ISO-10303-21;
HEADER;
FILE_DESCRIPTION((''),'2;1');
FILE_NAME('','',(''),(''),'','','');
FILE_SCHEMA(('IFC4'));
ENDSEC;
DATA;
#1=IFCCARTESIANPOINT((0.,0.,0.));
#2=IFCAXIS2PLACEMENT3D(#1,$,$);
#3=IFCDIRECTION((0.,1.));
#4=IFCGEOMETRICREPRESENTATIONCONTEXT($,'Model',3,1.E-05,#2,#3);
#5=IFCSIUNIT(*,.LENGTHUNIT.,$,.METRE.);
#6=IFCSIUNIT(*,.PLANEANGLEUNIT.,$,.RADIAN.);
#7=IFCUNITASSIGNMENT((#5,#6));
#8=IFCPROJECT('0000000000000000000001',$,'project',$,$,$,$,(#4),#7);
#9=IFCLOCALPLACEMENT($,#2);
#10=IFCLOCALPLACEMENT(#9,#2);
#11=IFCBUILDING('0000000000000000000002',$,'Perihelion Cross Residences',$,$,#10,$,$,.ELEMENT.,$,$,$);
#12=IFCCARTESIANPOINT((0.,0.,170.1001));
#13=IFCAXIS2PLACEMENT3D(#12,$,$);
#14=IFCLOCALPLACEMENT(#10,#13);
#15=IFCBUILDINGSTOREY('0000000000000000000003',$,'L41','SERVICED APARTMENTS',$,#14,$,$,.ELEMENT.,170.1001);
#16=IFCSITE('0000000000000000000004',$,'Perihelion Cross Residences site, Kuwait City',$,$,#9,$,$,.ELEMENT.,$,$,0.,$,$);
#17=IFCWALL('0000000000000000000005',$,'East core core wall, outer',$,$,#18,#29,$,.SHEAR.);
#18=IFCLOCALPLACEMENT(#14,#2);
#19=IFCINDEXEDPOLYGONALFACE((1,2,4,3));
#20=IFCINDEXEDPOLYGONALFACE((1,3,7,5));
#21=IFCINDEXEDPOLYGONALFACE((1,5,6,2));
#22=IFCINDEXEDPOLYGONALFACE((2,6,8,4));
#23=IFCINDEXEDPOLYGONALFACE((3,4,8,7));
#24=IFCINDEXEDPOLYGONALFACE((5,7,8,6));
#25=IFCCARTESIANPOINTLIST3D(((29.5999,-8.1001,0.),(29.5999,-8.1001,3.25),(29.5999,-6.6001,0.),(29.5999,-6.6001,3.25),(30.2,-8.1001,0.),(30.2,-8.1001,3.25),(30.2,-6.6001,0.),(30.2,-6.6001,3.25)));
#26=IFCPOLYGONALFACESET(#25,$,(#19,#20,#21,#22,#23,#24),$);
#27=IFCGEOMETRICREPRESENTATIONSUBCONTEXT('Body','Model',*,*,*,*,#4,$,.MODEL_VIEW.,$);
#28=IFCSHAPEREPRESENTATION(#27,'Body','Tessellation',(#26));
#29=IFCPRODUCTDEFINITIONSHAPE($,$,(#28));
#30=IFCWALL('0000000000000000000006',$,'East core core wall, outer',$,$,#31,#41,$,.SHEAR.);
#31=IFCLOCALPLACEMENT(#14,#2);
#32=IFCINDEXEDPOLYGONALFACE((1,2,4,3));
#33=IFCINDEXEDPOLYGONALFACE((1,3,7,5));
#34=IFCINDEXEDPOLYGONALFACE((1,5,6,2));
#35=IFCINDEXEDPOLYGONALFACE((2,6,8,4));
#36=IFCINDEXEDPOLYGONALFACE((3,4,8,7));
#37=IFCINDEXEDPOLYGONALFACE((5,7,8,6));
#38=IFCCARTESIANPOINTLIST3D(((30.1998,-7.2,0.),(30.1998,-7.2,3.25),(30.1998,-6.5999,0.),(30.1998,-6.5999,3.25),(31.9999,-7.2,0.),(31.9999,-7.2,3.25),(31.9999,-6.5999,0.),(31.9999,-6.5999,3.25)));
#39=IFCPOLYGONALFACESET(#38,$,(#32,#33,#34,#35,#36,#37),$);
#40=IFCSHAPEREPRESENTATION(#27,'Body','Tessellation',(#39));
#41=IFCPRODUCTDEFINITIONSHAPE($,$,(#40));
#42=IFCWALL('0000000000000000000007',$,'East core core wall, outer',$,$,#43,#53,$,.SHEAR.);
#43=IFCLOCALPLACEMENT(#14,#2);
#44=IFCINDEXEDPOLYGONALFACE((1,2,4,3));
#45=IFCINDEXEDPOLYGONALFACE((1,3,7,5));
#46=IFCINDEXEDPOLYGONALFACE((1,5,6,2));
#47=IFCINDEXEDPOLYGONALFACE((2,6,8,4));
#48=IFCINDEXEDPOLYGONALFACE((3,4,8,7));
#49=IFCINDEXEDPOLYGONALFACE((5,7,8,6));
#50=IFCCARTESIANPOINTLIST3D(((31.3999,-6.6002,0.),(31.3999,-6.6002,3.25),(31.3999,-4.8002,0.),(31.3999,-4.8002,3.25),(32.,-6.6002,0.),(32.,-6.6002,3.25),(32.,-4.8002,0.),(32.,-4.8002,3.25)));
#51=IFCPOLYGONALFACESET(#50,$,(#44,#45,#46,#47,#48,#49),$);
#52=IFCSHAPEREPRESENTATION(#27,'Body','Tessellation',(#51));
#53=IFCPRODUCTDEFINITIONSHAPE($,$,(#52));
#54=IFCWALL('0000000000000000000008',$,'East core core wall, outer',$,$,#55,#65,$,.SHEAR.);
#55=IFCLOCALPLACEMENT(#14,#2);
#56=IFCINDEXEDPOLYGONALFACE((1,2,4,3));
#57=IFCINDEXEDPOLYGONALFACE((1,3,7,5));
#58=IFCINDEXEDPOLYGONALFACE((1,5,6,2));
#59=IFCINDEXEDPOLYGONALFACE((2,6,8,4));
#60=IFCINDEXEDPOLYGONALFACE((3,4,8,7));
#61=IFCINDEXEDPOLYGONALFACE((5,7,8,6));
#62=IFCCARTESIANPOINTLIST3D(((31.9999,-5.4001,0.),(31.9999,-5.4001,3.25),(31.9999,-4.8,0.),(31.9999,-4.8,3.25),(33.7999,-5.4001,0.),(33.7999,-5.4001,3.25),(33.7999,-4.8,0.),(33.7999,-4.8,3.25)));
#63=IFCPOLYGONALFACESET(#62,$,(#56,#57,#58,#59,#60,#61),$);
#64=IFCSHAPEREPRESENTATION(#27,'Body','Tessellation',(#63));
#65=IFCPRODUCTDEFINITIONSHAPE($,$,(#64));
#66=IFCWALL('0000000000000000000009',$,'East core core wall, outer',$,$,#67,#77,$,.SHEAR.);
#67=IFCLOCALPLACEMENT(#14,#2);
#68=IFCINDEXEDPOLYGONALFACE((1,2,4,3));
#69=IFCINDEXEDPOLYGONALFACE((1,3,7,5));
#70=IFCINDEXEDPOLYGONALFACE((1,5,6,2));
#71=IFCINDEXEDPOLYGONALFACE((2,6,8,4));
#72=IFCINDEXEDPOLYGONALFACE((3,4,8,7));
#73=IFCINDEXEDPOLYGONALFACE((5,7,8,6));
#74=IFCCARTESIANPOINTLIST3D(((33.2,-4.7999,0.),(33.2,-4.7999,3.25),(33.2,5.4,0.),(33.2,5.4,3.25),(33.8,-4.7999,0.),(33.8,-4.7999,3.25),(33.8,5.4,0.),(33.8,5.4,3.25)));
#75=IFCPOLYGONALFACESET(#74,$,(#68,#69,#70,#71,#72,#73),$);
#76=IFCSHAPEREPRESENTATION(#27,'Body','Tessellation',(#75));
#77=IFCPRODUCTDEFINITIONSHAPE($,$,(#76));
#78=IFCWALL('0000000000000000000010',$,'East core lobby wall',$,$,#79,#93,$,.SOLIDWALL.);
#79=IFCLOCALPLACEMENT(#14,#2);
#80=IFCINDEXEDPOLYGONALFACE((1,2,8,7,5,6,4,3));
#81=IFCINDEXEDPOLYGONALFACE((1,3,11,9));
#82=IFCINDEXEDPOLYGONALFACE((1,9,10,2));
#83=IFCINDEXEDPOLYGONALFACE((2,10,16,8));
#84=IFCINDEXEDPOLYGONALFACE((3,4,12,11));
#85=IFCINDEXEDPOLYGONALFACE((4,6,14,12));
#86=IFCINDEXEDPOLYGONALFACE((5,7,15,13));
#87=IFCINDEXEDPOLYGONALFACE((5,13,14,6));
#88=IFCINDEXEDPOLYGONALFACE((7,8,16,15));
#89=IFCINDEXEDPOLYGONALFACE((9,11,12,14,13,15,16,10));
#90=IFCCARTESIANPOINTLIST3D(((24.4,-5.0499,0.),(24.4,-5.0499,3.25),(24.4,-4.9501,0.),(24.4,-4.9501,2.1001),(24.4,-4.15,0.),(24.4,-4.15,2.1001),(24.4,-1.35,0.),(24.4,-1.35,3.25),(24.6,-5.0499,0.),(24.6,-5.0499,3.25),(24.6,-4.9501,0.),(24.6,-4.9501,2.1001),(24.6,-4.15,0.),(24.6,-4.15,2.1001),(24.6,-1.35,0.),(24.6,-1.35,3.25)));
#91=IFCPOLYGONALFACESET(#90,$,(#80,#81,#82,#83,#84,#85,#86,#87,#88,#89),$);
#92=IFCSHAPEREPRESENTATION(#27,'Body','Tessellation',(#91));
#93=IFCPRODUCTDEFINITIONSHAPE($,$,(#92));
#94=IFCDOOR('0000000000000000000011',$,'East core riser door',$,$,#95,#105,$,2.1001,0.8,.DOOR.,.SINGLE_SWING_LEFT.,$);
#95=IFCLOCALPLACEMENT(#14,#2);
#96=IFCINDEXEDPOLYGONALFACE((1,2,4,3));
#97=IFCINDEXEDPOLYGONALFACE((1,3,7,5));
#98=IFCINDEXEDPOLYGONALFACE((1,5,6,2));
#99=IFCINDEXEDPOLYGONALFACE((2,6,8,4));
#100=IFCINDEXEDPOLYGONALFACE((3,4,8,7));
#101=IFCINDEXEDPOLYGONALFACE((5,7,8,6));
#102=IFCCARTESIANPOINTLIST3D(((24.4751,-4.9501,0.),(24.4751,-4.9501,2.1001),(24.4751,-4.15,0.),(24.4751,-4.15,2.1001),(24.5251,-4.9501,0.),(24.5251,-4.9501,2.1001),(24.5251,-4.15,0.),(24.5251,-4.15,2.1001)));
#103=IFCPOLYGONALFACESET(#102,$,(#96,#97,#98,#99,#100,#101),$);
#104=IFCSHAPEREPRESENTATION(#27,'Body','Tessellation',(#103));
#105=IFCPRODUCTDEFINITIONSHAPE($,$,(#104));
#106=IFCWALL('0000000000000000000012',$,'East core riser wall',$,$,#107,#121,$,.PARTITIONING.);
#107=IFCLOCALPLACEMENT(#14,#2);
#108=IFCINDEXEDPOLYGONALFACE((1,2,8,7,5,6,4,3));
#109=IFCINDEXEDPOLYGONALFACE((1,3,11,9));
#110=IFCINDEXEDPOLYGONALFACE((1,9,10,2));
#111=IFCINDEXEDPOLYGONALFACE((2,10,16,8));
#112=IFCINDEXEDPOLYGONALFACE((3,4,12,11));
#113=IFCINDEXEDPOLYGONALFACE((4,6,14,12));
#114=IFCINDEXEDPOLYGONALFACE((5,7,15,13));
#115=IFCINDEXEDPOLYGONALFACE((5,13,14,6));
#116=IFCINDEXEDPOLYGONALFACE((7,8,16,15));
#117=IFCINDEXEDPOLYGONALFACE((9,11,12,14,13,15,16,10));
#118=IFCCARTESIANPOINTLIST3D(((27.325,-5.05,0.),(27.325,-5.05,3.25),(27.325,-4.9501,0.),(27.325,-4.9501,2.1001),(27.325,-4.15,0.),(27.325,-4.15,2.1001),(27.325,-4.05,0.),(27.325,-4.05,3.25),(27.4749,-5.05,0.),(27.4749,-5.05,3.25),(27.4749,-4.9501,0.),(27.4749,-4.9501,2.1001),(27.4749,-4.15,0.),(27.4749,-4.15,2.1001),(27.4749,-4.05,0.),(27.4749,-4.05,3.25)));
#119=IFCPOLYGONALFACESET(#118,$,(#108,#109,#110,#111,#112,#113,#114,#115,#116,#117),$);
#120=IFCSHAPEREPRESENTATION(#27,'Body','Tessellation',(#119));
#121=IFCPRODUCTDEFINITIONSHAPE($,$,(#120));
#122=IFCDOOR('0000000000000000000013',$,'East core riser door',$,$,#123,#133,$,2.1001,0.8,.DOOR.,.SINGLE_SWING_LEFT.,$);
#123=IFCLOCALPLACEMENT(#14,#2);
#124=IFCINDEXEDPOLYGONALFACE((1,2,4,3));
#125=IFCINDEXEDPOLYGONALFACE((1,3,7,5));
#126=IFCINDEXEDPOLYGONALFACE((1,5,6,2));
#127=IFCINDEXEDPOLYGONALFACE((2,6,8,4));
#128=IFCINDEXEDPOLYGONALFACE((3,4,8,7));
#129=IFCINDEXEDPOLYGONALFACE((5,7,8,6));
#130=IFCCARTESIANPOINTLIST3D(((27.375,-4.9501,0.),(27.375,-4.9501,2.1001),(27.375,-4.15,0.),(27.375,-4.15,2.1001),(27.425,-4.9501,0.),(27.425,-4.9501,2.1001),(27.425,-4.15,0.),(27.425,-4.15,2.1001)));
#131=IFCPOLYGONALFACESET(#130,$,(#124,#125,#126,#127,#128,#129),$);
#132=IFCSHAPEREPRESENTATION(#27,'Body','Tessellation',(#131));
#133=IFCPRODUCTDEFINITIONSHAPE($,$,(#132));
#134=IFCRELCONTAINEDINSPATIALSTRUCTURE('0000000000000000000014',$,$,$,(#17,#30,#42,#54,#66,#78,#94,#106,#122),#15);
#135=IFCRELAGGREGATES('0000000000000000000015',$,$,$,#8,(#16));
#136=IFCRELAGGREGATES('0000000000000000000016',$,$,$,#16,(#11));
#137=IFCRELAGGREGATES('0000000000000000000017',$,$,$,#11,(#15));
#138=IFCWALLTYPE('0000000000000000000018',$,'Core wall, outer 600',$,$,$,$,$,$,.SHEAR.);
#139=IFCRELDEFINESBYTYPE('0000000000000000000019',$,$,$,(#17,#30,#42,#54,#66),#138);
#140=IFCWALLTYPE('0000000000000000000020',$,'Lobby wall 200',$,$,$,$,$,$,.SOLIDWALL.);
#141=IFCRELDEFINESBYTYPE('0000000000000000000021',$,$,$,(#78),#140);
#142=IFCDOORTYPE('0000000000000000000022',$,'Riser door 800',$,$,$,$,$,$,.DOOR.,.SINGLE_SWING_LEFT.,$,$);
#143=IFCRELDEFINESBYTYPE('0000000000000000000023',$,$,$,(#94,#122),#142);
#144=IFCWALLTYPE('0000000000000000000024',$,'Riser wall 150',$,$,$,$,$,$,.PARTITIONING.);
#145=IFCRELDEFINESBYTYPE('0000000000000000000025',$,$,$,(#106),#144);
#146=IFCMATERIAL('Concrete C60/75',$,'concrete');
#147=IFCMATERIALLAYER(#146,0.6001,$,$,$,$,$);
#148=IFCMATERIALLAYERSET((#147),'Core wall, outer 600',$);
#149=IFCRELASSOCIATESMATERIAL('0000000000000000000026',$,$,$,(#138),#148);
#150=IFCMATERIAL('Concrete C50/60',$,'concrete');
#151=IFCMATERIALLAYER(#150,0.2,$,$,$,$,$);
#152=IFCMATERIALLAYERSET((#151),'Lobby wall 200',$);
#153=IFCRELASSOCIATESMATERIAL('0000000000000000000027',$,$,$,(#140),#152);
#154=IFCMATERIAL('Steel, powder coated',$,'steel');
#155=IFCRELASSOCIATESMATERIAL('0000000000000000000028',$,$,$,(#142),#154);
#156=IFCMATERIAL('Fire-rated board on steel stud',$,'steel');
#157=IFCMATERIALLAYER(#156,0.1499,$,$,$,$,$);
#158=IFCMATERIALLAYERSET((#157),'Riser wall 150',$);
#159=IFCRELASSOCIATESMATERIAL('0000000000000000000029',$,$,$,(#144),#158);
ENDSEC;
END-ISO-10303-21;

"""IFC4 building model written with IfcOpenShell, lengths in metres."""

from ifc_helpers import new_model, si_unit, direction, frame, frame_2d, origin, place, context, subcontext, project, spatial, rectangle, extrude, material, layer, layer_set, type_object, element, fill, save


model = new_model("IFC4")

# Units and contexts
model_context = context("Model", 3, precision=1e-05, world=origin(), true_north=direction((0.0, 1.0)))
body_context = subcontext(model_context, "Body", "Model", "MODEL_VIEW")
ifc_project = project(units=[si_unit("LENGTHUNIT", "METRE"), si_unit("PLANEANGLEUNIT", "RADIAN")], contexts=[model_context])

# Site, building, storey
site_placement = place(None, origin())
site = spatial("IfcSite", under=ifc_project, at=site_placement, Name="Perihelion Cross Residences site, Kuwait City", CompositionType="ELEMENT", RefElevation=0.0)
building_placement = place(site_placement, origin())
building = spatial("IfcBuilding", under=site, at=building_placement, Name="Perihelion Cross Residences", CompositionType="ELEMENT")
storey_placement = place(building_placement, frame((0.0, 0.0, 170.1001)))
storey = spatial("IfcBuildingStorey", under=building, at=storey_placement, Name="L41", Description="SERVICED APARTMENTS", CompositionType="ELEMENT", Elevation=170.1001)

# Walls
ifc_material_1 = material(Name="Concrete C60/75", Category="concrete")
ifc_layer_1 = layer(ifc_material_1, 0.6001)
ifc_layer_set_1 = layer_set([ifc_layer_1], Name="Core wall, outer 600")
wall_type_1 = type_object("IfcWallType", Name="Core wall, outer 600", PredefinedType="SHEAR", material=ifc_layer_set_1)
wall_1_placement = place(storey_placement, frame((29.8999, -8.1001, 0.0), z_axis=(0.0, 0.0, 1.0), x_axis=(0.0, 1.0, 0.0)))
element("IfcWall", 1, at=wall_1_placement, inside=storey, type_object=wall_type_1, Name="East core core wall, outer", PredefinedType="SHEAR", context=body_context, shape_type="SweptSolid", body=[
    extrude(rectangle(XDim=1.5, YDim=0.6001, at=frame_2d((0.75, 0.0))), origin(), (0.0, 0.0, 1.0), 3.25),
])
for number, where, z_axis, x_axis, name in (
    (2, (30.2, -6.8999, 0.0), (0.0, 0.0, 1.0), (1.0, 0.0, 0.0), "East core core wall, outer"),
    (3, (31.7, -6.6001, 0.0), (0.0, 0.0, 1.0), (0.0, 1.0, 0.0), "East core core wall, outer"),
    (4, (32.0, -5.1001, 0.0), (0.0, 0.0, 1.0), (1.0, 0.0, 0.0), "East core core wall, outer"),
):
    element("IfcWall", number, at=place(storey_placement, frame(where, z_axis=z_axis, x_axis=x_axis)), inside=storey, type_object=wall_type_1, Name=name, PredefinedType="SHEAR", context=body_context, shape_type="SweptSolid", body=[
        extrude(rectangle(XDim=1.8, YDim=0.6001, at=frame_2d((0.8999, 0.0))), origin(), (0.0, 0.0, 1.0), 3.25),
    ])
wall_2_placement = place(storey_placement, frame((33.5, -4.8, 0.0), z_axis=(0.0, 0.0, 1.0), x_axis=(0.0, 1.0, 0.0)))
element("IfcWall", 5, at=wall_2_placement, inside=storey, type_object=wall_type_1, Name="East core core wall, outer", PredefinedType="SHEAR", context=body_context, shape_type="SweptSolid", body=[
    extrude(rectangle(XDim=10.2, YDim=0.6001, at=frame_2d((5.1001, 0.0))), origin(), (0.0, 0.0, 1.0), 3.25),
])

# Walls, openings, doors
ifc_material_2 = material(Name="Concrete C50/60", Category="concrete")
ifc_layer_2 = layer(ifc_material_2, 0.2)
ifc_layer_set_2 = layer_set([ifc_layer_2], Name="Lobby wall 200")
wall_type_2 = type_object("IfcWallType", Name="Lobby wall 200", PredefinedType="SOLIDWALL", material=ifc_layer_set_2)
wall_3_placement = place(storey_placement, frame((24.5, -5.05, 0.0), z_axis=(0.0, 0.0, 1.0), x_axis=(0.0, 1.0, 0.0)))
wall_3 = element("IfcWall", 6, at=wall_3_placement, inside=storey, type_object=wall_type_2, Name="East core lobby wall", PredefinedType="SOLIDWALL", context=body_context, shape_type="SweptSolid", body=[
    extrude(rectangle(XDim=3.7, YDim=0.2, at=frame_2d((1.8501, 0.0))), origin(), (0.0, 0.0, 1.0), 3.25),
])
opening_1_placement = place(wall_3_placement, frame((0.1001, 0.0, 0.0)))
opening_1 = element("IfcOpeningElement", 7, at=opening_1_placement, cuts=wall_3, PredefinedType="OPENING", context=body_context, shape_type="SweptSolid", body=[
    extrude(rectangle(XDim=0.8, YDim=2.1001, at=frame_2d((0.3999, 1.05))), frame((0.0, 0.1099, 0.0), z_axis=(0.0, -1.0, 0.0), x_axis=(1.0, 0.0, 0.0)), (0.0, 0.0, 1.0), 0.22),
])
ifc_material_3 = material(Name="Steel, powder coated", Category="steel")
door_type_1 = type_object("IfcDoorType", Name="Riser door 800", OperationType="SINGLE_SWING_LEFT", PredefinedType="DOOR", material=ifc_material_3)
door_1_placement = place(opening_1_placement, origin())
door_1 = element("IfcDoor", 8, at=door_1_placement, inside=storey, type_object=door_type_1, Name="East core riser door", OperationType="SINGLE_SWING_LEFT", OverallHeight=2.1001, OverallWidth=0.8, PredefinedType="DOOR", context=body_context, shape_type="SweptSolid", body=[
    extrude(rectangle(XDim=0.8, YDim=2.1001, at=frame_2d((0.3999, 1.05))), frame((0.0, 0.0249, 0.0), z_axis=(0.0, -1.0, 0.0), x_axis=(1.0, 0.0, 0.0)), (0.0, 0.0, 1.0), 0.05),
])
fill(opening_1, door_1)
ifc_material_4 = material(Name="Fire-rated board on steel stud", Category="steel")
ifc_layer_3 = layer(ifc_material_4, 0.1499)
ifc_layer_set_3 = layer_set([ifc_layer_3], Name="Riser wall 150")
wall_type_3 = type_object("IfcWallType", Name="Riser wall 150", PredefinedType="PARTITIONING", material=ifc_layer_set_3)
wall_4_placement = place(storey_placement, frame((27.3999, -5.05, 0.0), z_axis=(0.0, 0.0, 1.0), x_axis=(0.0, 1.0, 0.0)))
wall_4 = element("IfcWall", 9, at=wall_4_placement, inside=storey, type_object=wall_type_3, Name="East core riser wall", PredefinedType="PARTITIONING", context=body_context, shape_type="SweptSolid", body=[
    extrude(rectangle(XDim=1.0, YDim=0.1499, at=frame_2d((0.5, 0.0))), origin(), (0.0, 0.0, 1.0), 3.25),
])
opening_2_placement = place(wall_4_placement, frame((0.1001, 0.0, 0.0)))
opening_2 = element("IfcOpeningElement", 10, at=opening_2_placement, cuts=wall_4, PredefinedType="OPENING", context=body_context, shape_type="SweptSolid", body=[
    extrude(rectangle(XDim=0.8, YDim=2.1001, at=frame_2d((0.3999, 1.05))), frame((0.0, 0.085, 0.0), z_axis=(0.0, -1.0, 0.0), x_axis=(1.0, 0.0, 0.0)), (0.0, 0.0, 1.0), 0.1699),
])
door_2_placement = place(opening_2_placement, origin())
door_2 = element("IfcDoor", 11, at=door_2_placement, inside=storey, type_object=door_type_1, Name="East core riser door", OperationType="SINGLE_SWING_LEFT", OverallHeight=2.1001, OverallWidth=0.8, PredefinedType="DOOR", context=body_context, shape_type="SweptSolid", body=[
    extrude(rectangle(XDim=0.8, YDim=2.1001, at=frame_2d((0.3999, 1.05))), frame((0.0, 0.0249, 0.0), z_axis=(0.0, -1.0, 0.0), x_axis=(1.0, 0.0, 0.0)), (0.0, 0.0, 1.0), 0.05),
])
fill(opening_2, door_2)

save(model, "model.ifc")
